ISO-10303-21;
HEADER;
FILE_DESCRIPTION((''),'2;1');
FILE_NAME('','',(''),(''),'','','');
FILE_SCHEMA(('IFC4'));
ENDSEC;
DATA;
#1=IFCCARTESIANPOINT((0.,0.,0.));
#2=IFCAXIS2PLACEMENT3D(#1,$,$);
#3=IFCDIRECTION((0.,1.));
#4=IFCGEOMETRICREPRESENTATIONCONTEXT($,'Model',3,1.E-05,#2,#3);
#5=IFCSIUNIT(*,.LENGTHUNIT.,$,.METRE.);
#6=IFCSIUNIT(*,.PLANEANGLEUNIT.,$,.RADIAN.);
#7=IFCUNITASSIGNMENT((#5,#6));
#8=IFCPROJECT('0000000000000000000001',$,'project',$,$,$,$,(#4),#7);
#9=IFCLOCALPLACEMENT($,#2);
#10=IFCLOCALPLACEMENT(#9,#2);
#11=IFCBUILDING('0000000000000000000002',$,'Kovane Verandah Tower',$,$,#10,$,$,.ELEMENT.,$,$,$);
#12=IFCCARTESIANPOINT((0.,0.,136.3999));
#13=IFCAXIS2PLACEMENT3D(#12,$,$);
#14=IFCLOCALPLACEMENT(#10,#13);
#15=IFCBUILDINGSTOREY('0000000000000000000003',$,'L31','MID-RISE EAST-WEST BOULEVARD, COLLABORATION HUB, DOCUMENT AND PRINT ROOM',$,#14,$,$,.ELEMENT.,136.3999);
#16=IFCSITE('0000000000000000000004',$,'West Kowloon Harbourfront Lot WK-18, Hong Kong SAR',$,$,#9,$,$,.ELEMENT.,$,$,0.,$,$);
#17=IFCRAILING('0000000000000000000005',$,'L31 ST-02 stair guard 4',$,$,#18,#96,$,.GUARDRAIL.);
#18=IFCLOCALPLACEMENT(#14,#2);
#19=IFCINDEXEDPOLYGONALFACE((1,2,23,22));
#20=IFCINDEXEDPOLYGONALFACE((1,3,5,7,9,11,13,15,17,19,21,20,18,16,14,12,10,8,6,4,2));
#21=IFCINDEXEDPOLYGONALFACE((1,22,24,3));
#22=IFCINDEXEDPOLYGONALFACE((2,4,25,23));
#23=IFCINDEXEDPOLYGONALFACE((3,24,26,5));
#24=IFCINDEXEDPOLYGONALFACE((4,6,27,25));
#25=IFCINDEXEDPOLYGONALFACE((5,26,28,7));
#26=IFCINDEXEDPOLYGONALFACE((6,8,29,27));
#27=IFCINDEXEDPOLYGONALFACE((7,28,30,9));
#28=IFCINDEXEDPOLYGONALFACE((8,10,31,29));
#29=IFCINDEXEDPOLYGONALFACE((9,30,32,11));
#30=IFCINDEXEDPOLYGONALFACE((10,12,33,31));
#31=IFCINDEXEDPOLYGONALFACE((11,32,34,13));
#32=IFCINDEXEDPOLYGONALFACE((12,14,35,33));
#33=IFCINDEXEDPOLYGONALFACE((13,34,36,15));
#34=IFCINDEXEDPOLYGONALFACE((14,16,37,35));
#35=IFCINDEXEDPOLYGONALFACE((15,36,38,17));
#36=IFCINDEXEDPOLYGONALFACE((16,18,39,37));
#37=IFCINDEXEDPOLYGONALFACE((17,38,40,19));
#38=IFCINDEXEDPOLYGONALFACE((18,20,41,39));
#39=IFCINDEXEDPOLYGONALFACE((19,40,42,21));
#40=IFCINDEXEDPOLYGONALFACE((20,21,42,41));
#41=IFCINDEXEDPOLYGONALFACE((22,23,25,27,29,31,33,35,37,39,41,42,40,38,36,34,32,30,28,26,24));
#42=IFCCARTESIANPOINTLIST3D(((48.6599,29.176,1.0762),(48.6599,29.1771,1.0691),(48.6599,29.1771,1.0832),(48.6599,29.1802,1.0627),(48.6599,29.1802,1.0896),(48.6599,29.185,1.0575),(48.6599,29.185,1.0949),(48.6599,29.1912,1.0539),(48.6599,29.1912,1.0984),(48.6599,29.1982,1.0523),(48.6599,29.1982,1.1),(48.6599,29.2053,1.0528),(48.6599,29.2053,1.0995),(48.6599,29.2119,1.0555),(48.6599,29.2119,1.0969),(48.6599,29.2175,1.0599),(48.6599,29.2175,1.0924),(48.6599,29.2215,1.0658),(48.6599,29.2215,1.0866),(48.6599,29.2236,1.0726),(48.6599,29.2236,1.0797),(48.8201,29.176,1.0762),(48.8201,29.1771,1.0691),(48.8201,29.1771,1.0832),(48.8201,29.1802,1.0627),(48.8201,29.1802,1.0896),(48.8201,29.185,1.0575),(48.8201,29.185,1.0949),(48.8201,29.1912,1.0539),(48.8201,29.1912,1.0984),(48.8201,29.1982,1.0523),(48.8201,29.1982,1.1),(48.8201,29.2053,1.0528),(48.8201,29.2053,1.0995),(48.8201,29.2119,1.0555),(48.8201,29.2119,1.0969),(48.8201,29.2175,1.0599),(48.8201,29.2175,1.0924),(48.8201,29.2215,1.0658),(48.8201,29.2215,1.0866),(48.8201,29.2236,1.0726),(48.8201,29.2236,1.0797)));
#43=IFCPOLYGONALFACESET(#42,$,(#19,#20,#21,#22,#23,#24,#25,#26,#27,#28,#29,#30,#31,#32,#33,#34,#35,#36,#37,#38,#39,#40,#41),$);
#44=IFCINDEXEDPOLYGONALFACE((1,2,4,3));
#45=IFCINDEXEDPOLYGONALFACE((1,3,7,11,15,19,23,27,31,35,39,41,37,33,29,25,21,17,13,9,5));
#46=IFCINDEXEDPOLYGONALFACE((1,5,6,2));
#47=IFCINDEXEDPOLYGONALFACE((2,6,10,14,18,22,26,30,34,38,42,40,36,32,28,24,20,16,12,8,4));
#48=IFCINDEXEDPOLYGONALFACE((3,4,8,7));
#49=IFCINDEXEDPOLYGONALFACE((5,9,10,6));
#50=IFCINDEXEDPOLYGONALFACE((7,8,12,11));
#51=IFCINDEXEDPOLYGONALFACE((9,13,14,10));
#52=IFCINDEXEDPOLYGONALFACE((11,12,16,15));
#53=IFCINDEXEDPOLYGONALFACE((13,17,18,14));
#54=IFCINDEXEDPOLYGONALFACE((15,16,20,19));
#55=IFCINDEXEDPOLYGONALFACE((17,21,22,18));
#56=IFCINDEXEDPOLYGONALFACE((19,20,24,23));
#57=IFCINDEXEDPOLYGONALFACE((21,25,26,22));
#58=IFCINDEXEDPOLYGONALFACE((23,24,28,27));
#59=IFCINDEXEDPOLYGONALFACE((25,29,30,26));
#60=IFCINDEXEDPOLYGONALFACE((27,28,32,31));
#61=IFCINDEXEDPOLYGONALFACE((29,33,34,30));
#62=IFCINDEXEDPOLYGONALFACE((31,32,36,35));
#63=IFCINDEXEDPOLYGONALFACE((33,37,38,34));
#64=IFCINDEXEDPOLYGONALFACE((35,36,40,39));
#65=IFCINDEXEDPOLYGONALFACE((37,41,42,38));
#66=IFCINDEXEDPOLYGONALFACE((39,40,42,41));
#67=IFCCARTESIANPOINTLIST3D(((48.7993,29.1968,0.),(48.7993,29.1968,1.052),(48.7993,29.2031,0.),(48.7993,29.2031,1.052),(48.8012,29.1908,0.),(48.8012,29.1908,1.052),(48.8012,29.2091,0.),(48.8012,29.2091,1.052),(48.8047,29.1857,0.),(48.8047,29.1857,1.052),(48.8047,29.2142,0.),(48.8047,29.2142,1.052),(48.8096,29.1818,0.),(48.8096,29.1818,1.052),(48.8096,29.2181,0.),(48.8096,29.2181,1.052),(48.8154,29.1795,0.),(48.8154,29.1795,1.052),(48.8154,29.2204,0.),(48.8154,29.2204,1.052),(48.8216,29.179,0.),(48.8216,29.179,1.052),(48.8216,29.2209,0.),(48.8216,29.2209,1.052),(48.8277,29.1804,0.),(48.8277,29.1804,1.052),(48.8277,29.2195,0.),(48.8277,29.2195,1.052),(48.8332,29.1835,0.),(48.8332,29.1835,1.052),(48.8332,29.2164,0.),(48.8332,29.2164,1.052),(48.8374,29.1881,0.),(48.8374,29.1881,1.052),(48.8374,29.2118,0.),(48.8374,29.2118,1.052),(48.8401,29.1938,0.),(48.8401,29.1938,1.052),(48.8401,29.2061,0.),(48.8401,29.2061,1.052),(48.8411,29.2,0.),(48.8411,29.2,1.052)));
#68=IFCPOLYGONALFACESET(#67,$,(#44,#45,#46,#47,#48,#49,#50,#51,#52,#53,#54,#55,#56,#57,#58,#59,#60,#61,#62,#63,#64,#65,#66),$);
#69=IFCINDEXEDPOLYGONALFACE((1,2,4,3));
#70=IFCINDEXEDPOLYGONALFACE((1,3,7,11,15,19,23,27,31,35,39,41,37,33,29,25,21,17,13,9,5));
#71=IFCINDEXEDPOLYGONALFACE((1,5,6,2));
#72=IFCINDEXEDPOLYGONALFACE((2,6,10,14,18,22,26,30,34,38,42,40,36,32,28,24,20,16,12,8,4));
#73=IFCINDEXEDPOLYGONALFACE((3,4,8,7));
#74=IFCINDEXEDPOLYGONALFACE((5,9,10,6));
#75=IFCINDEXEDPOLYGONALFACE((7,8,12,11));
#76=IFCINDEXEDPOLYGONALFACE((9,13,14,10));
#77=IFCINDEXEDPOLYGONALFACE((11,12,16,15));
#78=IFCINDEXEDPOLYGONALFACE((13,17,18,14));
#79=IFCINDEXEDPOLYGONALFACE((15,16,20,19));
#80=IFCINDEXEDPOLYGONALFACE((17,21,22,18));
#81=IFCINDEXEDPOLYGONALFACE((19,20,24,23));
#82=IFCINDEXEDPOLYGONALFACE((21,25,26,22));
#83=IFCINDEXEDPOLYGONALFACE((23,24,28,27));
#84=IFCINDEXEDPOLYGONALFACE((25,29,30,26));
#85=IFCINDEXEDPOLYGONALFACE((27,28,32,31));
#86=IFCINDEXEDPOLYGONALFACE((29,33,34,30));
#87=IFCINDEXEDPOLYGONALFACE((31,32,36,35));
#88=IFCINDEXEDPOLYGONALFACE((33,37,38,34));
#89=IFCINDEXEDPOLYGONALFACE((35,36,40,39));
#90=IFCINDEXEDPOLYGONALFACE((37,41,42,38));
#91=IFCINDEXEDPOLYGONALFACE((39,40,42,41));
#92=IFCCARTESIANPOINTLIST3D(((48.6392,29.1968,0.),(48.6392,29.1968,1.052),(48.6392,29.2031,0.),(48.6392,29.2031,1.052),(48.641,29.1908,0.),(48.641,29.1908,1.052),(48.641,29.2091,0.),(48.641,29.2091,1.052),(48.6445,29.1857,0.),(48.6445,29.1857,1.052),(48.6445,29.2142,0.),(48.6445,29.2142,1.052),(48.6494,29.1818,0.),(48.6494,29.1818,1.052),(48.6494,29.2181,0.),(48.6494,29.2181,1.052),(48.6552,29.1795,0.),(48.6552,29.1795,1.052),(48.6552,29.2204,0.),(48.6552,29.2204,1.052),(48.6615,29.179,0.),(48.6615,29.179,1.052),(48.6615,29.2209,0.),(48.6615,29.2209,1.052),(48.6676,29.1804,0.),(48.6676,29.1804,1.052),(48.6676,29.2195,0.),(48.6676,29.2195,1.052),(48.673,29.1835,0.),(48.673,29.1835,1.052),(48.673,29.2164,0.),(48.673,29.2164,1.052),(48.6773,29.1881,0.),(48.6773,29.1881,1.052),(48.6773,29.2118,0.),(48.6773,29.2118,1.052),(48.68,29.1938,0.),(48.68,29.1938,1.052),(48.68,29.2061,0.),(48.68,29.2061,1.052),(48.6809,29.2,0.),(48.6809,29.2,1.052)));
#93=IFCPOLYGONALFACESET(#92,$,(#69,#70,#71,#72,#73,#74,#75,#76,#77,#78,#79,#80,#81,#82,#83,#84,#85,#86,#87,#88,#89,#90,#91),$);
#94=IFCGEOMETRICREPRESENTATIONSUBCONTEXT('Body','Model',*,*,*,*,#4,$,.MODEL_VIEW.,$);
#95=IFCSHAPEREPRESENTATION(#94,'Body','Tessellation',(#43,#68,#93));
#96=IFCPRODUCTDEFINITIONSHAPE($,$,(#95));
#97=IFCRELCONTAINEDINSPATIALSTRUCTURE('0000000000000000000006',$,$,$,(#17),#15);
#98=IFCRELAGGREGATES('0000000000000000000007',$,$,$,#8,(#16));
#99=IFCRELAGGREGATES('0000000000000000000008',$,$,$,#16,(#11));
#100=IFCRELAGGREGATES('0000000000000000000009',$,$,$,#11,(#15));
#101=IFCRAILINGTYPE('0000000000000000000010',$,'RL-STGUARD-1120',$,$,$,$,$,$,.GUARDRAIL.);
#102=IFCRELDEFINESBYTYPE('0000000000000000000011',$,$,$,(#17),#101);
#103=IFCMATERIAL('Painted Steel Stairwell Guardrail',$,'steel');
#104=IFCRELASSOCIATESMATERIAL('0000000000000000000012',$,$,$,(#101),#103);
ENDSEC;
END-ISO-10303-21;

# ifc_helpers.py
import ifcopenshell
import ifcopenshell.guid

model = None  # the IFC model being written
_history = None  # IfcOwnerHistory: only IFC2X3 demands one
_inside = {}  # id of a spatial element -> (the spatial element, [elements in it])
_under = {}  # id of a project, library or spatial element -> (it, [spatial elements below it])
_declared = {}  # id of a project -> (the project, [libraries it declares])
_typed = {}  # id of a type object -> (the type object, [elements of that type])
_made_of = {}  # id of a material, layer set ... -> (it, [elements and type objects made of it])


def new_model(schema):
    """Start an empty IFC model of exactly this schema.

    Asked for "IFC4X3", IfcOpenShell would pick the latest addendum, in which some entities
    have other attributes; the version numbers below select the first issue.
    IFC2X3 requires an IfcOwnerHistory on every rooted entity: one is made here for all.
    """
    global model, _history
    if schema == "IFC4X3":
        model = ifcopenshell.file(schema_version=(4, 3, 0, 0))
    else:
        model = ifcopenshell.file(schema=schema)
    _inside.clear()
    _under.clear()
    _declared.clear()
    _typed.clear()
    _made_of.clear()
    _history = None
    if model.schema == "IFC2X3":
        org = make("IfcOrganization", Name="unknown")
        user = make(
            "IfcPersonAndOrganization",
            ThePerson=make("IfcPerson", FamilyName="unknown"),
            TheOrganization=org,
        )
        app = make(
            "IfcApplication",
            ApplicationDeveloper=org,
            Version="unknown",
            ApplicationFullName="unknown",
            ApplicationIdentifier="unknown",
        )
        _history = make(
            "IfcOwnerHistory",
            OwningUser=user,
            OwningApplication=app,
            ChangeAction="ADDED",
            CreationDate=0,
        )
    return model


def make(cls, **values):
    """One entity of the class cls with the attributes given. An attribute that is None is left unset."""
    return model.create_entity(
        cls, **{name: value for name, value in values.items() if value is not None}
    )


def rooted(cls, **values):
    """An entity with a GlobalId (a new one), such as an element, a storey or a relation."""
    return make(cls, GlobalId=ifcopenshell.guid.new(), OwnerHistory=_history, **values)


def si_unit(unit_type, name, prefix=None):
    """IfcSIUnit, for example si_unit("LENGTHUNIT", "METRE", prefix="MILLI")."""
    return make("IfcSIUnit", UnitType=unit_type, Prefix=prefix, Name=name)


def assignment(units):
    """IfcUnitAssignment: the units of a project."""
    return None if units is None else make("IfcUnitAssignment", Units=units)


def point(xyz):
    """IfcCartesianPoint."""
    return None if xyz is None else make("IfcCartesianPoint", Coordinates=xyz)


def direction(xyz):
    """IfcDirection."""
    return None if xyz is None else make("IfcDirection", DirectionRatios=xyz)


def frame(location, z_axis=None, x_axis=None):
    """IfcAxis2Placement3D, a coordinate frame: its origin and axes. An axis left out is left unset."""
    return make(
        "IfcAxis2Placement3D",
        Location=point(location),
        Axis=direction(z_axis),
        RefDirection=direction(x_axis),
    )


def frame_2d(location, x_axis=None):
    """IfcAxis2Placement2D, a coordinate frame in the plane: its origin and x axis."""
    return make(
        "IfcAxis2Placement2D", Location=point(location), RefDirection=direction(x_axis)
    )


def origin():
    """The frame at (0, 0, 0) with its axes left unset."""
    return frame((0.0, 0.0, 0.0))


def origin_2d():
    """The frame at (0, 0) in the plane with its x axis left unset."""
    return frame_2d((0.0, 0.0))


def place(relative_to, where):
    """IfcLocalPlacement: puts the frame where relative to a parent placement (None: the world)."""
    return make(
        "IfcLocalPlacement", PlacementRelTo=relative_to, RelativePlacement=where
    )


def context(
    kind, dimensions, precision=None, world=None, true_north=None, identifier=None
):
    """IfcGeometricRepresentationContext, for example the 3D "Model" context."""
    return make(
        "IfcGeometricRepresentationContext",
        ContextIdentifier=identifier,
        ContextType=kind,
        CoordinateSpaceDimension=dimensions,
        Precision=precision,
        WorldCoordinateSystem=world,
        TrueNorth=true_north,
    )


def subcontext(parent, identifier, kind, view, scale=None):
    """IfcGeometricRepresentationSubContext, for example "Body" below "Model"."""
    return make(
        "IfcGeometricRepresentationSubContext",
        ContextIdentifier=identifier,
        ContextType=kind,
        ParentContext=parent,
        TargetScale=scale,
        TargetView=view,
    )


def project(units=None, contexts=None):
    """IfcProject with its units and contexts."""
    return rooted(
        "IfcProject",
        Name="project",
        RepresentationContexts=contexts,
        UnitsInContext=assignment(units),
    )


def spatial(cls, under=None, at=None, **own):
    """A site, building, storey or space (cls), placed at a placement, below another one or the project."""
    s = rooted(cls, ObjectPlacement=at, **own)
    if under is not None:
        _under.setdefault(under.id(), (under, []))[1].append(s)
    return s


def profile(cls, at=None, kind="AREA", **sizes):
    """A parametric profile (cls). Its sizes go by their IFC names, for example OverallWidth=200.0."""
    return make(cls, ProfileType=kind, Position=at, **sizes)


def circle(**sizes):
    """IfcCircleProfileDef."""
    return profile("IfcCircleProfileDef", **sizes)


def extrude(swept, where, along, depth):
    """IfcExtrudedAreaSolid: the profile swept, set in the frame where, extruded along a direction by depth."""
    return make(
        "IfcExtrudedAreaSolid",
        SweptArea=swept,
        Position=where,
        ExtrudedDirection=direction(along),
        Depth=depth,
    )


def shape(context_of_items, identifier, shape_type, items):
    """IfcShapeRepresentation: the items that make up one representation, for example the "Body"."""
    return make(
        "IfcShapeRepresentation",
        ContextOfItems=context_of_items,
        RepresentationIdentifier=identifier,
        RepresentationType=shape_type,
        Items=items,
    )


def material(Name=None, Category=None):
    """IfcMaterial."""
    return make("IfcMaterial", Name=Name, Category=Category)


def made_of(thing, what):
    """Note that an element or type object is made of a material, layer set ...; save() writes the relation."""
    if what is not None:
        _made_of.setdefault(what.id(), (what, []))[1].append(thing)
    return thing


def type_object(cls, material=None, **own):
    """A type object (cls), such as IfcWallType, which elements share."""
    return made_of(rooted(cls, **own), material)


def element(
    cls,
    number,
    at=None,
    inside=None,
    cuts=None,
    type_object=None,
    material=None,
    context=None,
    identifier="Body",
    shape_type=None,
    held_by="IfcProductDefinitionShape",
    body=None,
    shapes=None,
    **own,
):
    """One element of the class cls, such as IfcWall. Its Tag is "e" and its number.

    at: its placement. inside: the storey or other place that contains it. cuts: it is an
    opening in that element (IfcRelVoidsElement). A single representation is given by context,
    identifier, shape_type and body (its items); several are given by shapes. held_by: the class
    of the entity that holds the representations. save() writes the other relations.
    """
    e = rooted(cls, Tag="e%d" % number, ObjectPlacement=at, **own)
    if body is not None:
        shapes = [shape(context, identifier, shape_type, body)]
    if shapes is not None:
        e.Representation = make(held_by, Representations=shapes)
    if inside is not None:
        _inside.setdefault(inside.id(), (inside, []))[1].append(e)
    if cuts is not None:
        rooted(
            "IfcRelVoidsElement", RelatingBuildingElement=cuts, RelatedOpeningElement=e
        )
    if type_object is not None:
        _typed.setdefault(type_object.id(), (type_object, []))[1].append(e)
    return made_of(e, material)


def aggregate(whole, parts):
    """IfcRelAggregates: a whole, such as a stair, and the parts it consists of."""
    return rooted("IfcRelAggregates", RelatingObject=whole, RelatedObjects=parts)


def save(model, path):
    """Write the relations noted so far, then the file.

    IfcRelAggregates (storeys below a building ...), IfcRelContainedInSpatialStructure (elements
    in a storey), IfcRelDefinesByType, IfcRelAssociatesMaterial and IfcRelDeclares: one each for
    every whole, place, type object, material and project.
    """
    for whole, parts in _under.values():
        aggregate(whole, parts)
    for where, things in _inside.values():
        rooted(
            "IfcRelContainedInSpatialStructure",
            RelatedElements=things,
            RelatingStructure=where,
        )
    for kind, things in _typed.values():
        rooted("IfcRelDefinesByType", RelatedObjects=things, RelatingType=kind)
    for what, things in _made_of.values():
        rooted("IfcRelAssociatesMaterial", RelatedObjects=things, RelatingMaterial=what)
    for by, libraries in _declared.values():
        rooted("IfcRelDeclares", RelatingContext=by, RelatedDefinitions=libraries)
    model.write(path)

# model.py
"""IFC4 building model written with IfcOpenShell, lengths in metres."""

from ifc_helpers import new_model, si_unit, direction, frame, origin, origin_2d, place, context, subcontext, project, spatial, circle, extrude, material, type_object, element, save


model = new_model("IFC4")

# Units and contexts
model_context = context("Model", 3, precision=1e-05, world=origin(), true_north=direction((0.0, 1.0)))
body_context = subcontext(model_context, "Body", "Model", "MODEL_VIEW")
ifc_project = project(units=[si_unit("LENGTHUNIT", "METRE"), si_unit("PLANEANGLEUNIT", "RADIAN")], contexts=[model_context])

# Site, building, storey
site_placement = place(None, origin())
site = spatial("IfcSite", under=ifc_project, at=site_placement, Name="West Kowloon Harbourfront Lot WK-18, Hong Kong SAR", CompositionType="ELEMENT", RefElevation=0.0)
building_placement = place(site_placement, origin())
building = spatial("IfcBuilding", under=site, at=building_placement, Name="Kovane Verandah Tower", CompositionType="ELEMENT")
storey_placement = place(building_placement, frame((0.0, 0.0, 136.3999)))
storey = spatial("IfcBuildingStorey", under=building, at=storey_placement, Name="L31", Description="MID-RISE EAST-WEST BOULEVARD, COLLABORATION HUB, DOCUMENT AND PRINT ROOM", CompositionType="ELEMENT", Elevation=136.3999)

# Railing
ifc_material_1 = material(Name="Painted Steel Stairwell Guardrail", Category="steel")
railing_type = type_object("IfcRailingType", Name="RL-STGUARD-1120", PredefinedType="GUARDRAIL", material=ifc_material_1)
railing_placement = place(storey_placement, frame((48.8201, 29.2, 0.0)))
element("IfcRailing", 1, at=railing_placement, inside=storey, type_object=railing_type, Name="L31 ST-02 stair guard 4", PredefinedType="GUARDRAIL", context=body_context, shape_type="SweptSolid", body=[
    extrude(circle(Radius=0.0239, at=origin_2d()), frame((0.0, 0.0, 1.0762), z_axis=(-1.0, 0.0, 0.0), x_axis=(0.0, -1.0, 0.0)), (0.0, 0.0, 1.0), 0.1602),
    extrude(circle(Radius=0.021, at=origin_2d()), origin(), (0.0, 0.0, 1.0), 1.052),
    extrude(circle(Radius=0.021, at=origin_2d()), frame((-0.1602, 0.0, 0.0)), (0.0, 0.0, 1.0), 1.052),
])

save(model, "model.ifc")
